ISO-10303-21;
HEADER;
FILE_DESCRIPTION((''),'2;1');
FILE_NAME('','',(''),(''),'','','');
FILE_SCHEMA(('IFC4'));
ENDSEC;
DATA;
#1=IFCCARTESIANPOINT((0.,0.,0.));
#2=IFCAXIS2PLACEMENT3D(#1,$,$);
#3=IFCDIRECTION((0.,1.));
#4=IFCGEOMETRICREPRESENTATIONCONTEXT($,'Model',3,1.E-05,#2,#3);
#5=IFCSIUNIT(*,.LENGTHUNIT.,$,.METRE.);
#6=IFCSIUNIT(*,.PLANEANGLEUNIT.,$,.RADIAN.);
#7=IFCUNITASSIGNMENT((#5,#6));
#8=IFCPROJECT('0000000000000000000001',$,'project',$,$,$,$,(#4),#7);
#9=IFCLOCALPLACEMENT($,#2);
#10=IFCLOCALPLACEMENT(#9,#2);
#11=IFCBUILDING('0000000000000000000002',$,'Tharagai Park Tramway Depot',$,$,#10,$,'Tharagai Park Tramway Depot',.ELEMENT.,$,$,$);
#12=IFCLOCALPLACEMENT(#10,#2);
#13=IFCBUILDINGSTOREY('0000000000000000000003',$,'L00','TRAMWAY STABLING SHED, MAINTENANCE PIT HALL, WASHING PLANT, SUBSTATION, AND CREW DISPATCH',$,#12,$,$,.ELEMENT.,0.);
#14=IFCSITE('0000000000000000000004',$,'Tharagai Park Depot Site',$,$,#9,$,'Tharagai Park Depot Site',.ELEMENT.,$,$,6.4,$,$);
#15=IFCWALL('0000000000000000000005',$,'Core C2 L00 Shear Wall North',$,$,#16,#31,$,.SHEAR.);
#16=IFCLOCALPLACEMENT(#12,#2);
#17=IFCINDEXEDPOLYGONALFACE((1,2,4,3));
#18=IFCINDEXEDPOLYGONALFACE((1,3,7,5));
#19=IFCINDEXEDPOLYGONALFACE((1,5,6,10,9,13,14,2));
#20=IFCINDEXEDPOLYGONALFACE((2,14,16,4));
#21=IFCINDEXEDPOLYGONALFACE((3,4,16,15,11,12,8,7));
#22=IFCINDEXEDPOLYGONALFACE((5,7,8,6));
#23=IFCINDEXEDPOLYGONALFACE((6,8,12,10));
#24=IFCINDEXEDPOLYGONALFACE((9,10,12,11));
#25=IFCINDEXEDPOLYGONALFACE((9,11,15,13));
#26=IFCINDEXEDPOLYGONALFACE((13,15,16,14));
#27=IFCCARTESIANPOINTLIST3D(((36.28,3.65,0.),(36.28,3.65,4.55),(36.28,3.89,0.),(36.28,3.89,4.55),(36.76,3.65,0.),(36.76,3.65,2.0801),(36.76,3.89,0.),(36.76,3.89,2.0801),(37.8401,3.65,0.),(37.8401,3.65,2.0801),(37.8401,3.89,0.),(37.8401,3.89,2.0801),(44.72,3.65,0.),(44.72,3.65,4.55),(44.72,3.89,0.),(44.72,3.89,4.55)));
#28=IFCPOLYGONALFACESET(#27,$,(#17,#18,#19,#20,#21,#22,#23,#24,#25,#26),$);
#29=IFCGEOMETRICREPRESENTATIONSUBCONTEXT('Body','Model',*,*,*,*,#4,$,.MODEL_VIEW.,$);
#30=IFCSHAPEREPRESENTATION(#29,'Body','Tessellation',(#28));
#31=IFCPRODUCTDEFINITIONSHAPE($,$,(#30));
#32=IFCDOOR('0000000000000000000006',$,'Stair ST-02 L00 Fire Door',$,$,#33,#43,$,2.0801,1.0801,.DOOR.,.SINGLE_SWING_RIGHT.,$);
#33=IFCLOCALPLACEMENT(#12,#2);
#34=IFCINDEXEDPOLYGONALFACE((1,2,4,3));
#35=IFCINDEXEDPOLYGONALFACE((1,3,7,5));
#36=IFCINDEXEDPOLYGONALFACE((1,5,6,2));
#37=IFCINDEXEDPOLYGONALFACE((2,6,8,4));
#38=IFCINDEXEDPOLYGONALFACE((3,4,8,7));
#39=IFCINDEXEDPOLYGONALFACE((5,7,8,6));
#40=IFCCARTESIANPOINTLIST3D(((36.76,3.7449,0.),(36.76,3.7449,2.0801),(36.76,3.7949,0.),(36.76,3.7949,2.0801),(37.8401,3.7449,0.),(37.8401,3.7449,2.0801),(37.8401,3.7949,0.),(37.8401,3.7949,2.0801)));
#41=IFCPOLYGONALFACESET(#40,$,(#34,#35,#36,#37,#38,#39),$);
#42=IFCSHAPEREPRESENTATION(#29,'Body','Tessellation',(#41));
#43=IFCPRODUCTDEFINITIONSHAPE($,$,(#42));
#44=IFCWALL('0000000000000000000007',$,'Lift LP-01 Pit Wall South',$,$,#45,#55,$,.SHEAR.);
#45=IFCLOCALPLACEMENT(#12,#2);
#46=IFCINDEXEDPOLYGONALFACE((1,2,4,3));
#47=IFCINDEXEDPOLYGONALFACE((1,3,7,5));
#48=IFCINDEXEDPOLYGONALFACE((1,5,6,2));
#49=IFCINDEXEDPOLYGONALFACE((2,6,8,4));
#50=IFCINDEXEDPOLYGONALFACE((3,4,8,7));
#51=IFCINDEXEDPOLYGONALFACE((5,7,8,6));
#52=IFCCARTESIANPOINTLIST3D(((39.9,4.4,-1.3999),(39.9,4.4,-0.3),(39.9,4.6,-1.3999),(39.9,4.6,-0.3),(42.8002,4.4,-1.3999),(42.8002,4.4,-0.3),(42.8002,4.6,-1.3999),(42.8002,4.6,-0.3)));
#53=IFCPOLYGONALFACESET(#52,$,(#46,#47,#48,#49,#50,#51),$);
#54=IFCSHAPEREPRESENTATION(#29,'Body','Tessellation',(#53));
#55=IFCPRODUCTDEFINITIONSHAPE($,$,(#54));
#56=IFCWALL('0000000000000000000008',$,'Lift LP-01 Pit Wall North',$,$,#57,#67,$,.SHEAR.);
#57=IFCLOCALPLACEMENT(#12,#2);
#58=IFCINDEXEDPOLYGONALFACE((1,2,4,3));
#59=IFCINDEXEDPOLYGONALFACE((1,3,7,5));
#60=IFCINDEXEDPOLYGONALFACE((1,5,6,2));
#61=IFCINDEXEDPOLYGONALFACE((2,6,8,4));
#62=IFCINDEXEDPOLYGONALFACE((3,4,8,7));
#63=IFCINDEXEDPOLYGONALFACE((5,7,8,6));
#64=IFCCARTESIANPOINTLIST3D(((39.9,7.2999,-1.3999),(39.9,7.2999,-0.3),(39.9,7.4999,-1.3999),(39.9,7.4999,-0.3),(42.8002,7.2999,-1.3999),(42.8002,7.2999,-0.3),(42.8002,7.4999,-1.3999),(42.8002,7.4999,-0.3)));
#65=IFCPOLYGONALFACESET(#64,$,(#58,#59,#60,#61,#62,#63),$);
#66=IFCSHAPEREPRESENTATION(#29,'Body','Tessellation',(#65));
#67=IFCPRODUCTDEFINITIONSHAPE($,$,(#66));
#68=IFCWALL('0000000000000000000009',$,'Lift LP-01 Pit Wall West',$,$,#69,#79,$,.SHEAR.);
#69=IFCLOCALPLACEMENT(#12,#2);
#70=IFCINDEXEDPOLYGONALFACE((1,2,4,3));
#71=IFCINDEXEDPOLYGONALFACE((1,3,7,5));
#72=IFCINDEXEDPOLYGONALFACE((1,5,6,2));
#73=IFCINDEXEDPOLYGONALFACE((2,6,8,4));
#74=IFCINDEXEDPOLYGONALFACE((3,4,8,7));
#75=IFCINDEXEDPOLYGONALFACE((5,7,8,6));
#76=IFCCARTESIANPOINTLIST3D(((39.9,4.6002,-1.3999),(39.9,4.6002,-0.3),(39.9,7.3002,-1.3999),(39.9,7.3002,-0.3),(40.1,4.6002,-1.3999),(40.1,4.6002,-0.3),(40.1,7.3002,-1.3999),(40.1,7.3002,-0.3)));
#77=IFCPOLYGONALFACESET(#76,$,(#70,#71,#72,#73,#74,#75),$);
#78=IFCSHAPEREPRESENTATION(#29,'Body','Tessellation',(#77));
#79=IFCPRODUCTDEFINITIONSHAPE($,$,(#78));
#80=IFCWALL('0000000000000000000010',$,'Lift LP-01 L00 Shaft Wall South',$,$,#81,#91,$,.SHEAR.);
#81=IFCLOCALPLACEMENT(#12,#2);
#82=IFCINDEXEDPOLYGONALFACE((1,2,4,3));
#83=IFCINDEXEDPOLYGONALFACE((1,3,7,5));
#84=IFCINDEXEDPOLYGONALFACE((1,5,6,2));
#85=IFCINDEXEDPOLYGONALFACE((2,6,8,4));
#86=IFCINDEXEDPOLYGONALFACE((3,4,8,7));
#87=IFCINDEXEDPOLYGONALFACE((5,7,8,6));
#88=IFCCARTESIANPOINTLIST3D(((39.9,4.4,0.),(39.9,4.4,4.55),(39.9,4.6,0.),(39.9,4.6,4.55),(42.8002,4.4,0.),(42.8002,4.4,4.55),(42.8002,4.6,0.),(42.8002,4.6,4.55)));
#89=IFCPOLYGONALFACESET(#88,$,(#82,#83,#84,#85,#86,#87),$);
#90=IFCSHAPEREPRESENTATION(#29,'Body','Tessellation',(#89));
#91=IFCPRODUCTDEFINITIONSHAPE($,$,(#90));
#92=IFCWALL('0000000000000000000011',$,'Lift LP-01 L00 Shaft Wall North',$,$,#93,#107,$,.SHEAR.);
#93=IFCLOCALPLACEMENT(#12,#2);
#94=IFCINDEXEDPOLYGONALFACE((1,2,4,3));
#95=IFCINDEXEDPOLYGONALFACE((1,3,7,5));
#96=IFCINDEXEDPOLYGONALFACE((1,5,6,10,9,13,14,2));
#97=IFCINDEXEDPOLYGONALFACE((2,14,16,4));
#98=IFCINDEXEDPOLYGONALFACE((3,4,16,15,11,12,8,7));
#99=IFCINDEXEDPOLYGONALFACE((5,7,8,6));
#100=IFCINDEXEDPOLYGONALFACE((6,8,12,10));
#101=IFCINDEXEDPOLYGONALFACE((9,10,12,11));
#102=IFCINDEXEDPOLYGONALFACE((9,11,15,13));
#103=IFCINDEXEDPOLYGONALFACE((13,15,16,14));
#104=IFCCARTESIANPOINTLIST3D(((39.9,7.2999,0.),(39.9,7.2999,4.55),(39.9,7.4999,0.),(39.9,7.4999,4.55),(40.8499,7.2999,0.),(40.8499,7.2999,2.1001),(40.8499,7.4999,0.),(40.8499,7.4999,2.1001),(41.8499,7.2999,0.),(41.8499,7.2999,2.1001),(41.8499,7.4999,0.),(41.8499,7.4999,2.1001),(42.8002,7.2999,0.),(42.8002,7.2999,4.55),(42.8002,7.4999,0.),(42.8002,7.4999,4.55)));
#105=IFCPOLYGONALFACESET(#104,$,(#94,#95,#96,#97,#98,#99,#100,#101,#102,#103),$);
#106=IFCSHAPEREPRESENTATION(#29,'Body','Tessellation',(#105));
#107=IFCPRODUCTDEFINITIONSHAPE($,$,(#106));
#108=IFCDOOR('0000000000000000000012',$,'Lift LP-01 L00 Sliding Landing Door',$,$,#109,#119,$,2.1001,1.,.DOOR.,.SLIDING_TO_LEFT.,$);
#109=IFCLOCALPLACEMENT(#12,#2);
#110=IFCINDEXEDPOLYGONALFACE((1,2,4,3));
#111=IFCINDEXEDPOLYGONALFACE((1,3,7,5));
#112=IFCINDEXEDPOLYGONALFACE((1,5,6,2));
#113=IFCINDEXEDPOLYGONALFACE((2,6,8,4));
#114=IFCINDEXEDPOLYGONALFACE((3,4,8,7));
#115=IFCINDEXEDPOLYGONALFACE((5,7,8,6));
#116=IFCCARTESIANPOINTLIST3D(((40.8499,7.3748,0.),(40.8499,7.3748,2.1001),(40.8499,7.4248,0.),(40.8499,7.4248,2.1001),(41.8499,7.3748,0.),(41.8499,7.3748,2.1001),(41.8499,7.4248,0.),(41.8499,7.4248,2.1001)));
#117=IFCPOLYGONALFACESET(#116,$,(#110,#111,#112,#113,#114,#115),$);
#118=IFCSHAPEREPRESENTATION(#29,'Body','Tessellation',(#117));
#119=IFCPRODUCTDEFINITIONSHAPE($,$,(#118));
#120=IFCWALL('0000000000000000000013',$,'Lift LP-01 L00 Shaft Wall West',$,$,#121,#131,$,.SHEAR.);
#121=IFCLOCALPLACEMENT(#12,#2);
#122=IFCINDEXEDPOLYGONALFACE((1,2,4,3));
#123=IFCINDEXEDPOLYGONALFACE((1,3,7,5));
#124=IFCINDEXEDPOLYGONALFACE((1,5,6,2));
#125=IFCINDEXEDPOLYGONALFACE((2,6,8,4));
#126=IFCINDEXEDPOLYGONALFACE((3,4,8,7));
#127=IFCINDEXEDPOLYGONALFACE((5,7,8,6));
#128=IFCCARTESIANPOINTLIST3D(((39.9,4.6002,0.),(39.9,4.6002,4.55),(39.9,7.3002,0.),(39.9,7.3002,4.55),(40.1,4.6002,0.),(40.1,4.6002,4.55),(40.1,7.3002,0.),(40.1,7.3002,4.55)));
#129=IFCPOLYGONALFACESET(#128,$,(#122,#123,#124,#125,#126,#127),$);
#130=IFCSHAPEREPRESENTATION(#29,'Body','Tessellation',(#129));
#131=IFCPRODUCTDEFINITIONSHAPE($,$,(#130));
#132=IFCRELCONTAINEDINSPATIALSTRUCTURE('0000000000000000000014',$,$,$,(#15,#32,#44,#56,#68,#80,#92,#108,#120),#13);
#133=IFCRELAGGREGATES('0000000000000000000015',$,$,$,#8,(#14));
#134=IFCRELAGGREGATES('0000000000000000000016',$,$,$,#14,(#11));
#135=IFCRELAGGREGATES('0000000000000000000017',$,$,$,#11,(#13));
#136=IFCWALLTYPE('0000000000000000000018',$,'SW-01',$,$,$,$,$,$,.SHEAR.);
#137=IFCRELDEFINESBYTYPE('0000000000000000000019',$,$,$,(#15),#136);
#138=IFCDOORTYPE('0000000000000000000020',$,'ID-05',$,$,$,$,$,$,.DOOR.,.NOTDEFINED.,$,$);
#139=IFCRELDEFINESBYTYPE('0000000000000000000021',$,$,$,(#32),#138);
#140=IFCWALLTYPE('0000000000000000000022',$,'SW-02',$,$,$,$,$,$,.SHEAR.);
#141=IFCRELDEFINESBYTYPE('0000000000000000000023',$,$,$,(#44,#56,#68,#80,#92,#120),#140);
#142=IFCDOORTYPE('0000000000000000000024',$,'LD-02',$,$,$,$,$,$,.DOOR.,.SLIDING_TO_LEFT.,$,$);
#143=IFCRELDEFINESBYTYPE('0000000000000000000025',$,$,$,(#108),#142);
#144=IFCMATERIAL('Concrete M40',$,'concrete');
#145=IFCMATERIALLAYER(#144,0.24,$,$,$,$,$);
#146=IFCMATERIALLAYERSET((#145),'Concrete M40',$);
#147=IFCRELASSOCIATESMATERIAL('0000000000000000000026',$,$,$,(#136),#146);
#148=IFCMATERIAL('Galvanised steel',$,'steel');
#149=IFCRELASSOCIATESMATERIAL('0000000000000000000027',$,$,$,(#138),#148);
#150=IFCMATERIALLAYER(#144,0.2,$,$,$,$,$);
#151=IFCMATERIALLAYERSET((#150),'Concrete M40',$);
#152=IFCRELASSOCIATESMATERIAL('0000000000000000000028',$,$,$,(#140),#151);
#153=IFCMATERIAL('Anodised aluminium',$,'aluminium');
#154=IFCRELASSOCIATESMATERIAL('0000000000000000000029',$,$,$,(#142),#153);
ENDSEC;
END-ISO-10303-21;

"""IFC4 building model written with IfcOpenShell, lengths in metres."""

from ifc_helpers import new_model, si_unit, direction, frame, frame_2d, origin, place, context, subcontext, project, spatial, rectangle, extrude, material, layer, layer_set, type_object, element, fill, save


model = new_model("IFC4")

# Units and contexts
model_context = context("Model", 3, precision=1e-05, world=origin(), true_north=direction((0.0, 1.0)))
body_context = subcontext(model_context, "Body", "Model", "MODEL_VIEW")
ifc_project = project(units=[si_unit("LENGTHUNIT", "METRE"), si_unit("PLANEANGLEUNIT", "RADIAN")], contexts=[model_context])

# Site, building, storey
site_placement = place(None, origin())
site = spatial("IfcSite", under=ifc_project, at=site_placement, Name="Tharagai Park Depot Site", LongName="Tharagai Park Depot Site", CompositionType="ELEMENT", RefElevation=6.4)
building_placement = place(site_placement, origin())
building = spatial("IfcBuilding", under=site, at=building_placement, Name="Tharagai Park Tramway Depot", LongName="Tharagai Park Tramway Depot", CompositionType="ELEMENT")
storey_placement = place(building_placement, origin())
storey = spatial("IfcBuildingStorey", under=building, at=storey_placement, Name="L00", Description="TRAMWAY STABLING SHED, MAINTENANCE PIT HALL, WASHING PLANT, SUBSTATION, AND CREW DISPATCH", CompositionType="ELEMENT", Elevation=0.0)

# Shared definitions
ifc_material_1 = material(Name="Concrete M40", Category="concrete")

# Wall, opening, door
ifc_layer_1 = layer(ifc_material_1, 0.24)
ifc_layer_set_1 = layer_set([ifc_layer_1], Name="Concrete M40")
wall_type_1 = type_object("IfcWallType", Name="SW-01", PredefinedType="SHEAR", material=ifc_layer_set_1)
wall_1_placement = place(storey_placement, frame((36.28, 3.77, 0.0), z_axis=(0.0, 0.0, 1.0), x_axis=(1.0, 0.0, 0.0)))
wall_1 = element("IfcWall", 1, at=wall_1_placement, inside=storey, type_object=wall_type_1, Name="Core C2 L00 Shear Wall North", PredefinedType="SHEAR", context=body_context, shape_type="SweptSolid", body=[
    extrude(rectangle(XDim=8.4399, YDim=0.24, at=frame_2d((4.22, 0.0))), origin(), (0.0, 0.0, 1.0), 4.55),
])
opening_1_placement = place(wall_1_placement, frame((0.48, 0.0, 0.0)))
opening_1 = element("IfcOpeningElement", 2, at=opening_1_placement, cuts=wall_1, PredefinedType="OPENING", context=body_context, shape_type="SweptSolid", body=[
    extrude(rectangle(XDim=1.0801, YDim=2.0801, at=frame_2d((0.54, 1.04))), frame((0.0, 0.1299, 0.0), z_axis=(0.0, -1.0, 0.0), x_axis=(1.0, 0.0, 0.0)), (0.0, 0.0, 1.0), 0.26),
])
ifc_material_2 = material(Name="Galvanised steel", Category="steel")
door_type_1 = type_object("IfcDoorType", Name="ID-05", OperationType="NOTDEFINED", PredefinedType="DOOR", material=ifc_material_2)
door_1_placement = place(opening_1_placement, origin())
door_1 = element("IfcDoor", 3, at=door_1_placement, inside=storey, type_object=door_type_1, Name="Stair ST-02 L00 Fire Door", OperationType="SINGLE_SWING_RIGHT", OverallHeight=2.0801, OverallWidth=1.0801, PredefinedType="DOOR", context=body_context, shape_type="SweptSolid", body=[
    extrude(rectangle(XDim=1.0801, YDim=2.0801, at=frame_2d((0.54, 1.04))), frame((0.0, 0.0249, 0.0), z_axis=(0.0, -1.0, 0.0), x_axis=(1.0, 0.0, 0.0)), (0.0, 0.0, 1.0), 0.05),
])
fill(opening_1, door_1)

# Walls
ifc_layer_2 = layer(ifc_material_1, 0.2)
ifc_layer_set_2 = layer_set([ifc_layer_2], Name="Concrete M40")
wall_type_2 = type_object("IfcWallType", Name="SW-02", PredefinedType="SHEAR", material=ifc_layer_set_2)
for number, where, z_axis, x_axis, name in (
    (4, (39.8999, 4.5, -1.3999), (0.0, 0.0, 1.0), (1.0, 0.0, 0.0), "Lift LP-01 Pit Wall South"),
    (5, (39.8999, 7.3999, -1.3999), (0.0, 0.0, 1.0), (1.0, 0.0, 0.0), "Lift LP-01 Pit Wall North"),
):
    element("IfcWall", number, at=place(storey_placement, frame(where, z_axis=z_axis, x_axis=x_axis)), inside=storey, type_object=wall_type_2, Name=name, PredefinedType="SHEAR", context=body_context, shape_type="SweptSolid", body=[
        extrude(rectangle(XDim=2.9001, YDim=0.2, at=frame_2d((1.4502, 0.0))), origin(), (0.0, 0.0, 1.0), 1.0999),
    ])
wall_2_placement = place(storey_placement, frame((40.0, 4.6001, -1.3999), z_axis=(0.0, 0.0, 1.0), x_axis=(0.0, 1.0, 0.0)))
element("IfcWall", 6, at=wall_2_placement, inside=storey, type_object=wall_type_2, Name="Lift LP-01 Pit Wall West", PredefinedType="SHEAR", context=body_context, shape_type="SweptSolid", body=[
    extrude(rectangle(XDim=2.7, YDim=0.2, at=frame_2d((1.3501, 0.0))), origin(), (0.0, 0.0, 1.0), 1.0999),
])
wall_3_placement = place(storey_placement, frame((39.8999, 4.5, 0.0), z_axis=(0.0, 0.0, 1.0), x_axis=(1.0, 0.0, 0.0)))
element("IfcWall", 7, at=wall_3_placement, inside=storey, type_object=wall_type_2, Name="Lift LP-01 L00 Shaft Wall South", PredefinedType="SHEAR", context=body_context, shape_type="SweptSolid", body=[
    extrude(rectangle(XDim=2.9001, YDim=0.2, at=frame_2d((1.4502, 0.0))), origin(), (0.0, 0.0, 1.0), 4.55),
])

# Wall, opening, door
wall_4_placement = place(storey_placement, frame((39.8999, 7.3999, 0.0), z_axis=(0.0, 0.0, 1.0), x_axis=(1.0, 0.0, 0.0)))
wall_4 = element("IfcWall", 8, at=wall_4_placement, inside=storey, type_object=wall_type_2, Name="Lift LP-01 L00 Shaft Wall North", PredefinedType="SHEAR", context=body_context, shape_type="SweptSolid", body=[
    extrude(rectangle(XDim=2.9001, YDim=0.2, at=frame_2d((1.4502, 0.0))), origin(), (0.0, 0.0, 1.0), 4.55),
])
opening_2_placement = place(wall_4_placement, frame((0.95, 0.0, 0.0)))
opening_2 = element("IfcOpeningElement", 9, at=opening_2_placement, cuts=wall_4, PredefinedType="OPENING", context=body_context, shape_type="SweptSolid", body=[
    extrude(rectangle(XDim=1.0, YDim=2.1001, at=frame_2d((0.5, 1.05))), frame((0.0, 0.1099, 0.0), z_axis=(0.0, -1.0, 0.0), x_axis=(1.0, 0.0, 0.0)), (0.0, 0.0, 1.0), 0.22),
])
ifc_material_3 = material(Name="Anodised aluminium", Category="aluminium")
door_type_2 = type_object("IfcDoorType", Name="LD-02", OperationType="SLIDING_TO_LEFT", PredefinedType="DOOR", material=ifc_material_3)
door_2_placement = place(opening_2_placement, origin())
door_2 = element("IfcDoor", 10, at=door_2_placement, inside=storey, type_object=door_type_2, Name="Lift LP-01 L00 Sliding Landing Door", OperationType="SLIDING_TO_LEFT", OverallHeight=2.1001, OverallWidth=1.0, PredefinedType="DOOR", context=body_context, shape_type="SweptSolid", body=[
    extrude(rectangle(XDim=1.0, YDim=2.1001, at=frame_2d((0.5, 1.05))), frame((0.0, 0.0249, 0.0), z_axis=(0.0, -1.0, 0.0), x_axis=(1.0, 0.0, 0.0)), (0.0, 0.0, 1.0), 0.05),
])
fill(opening_2, door_2)

# Wall
wall_5_placement = place(storey_placement, frame((40.0, 4.6001, 0.0), z_axis=(0.0, 0.0, 1.0), x_axis=(0.0, 1.0, 0.0)))
element("IfcWall", 11, at=wall_5_placement, inside=storey, type_object=wall_type_2, Name="Lift LP-01 L00 Shaft Wall West", PredefinedType="SHEAR", context=body_context, shape_type="SweptSolid", body=[
    extrude(rectangle(XDim=2.7, YDim=0.2, at=frame_2d((1.3501, 0.0))), origin(), (0.0, 0.0, 1.0), 4.55),
])

save(model, "model.ifc")
